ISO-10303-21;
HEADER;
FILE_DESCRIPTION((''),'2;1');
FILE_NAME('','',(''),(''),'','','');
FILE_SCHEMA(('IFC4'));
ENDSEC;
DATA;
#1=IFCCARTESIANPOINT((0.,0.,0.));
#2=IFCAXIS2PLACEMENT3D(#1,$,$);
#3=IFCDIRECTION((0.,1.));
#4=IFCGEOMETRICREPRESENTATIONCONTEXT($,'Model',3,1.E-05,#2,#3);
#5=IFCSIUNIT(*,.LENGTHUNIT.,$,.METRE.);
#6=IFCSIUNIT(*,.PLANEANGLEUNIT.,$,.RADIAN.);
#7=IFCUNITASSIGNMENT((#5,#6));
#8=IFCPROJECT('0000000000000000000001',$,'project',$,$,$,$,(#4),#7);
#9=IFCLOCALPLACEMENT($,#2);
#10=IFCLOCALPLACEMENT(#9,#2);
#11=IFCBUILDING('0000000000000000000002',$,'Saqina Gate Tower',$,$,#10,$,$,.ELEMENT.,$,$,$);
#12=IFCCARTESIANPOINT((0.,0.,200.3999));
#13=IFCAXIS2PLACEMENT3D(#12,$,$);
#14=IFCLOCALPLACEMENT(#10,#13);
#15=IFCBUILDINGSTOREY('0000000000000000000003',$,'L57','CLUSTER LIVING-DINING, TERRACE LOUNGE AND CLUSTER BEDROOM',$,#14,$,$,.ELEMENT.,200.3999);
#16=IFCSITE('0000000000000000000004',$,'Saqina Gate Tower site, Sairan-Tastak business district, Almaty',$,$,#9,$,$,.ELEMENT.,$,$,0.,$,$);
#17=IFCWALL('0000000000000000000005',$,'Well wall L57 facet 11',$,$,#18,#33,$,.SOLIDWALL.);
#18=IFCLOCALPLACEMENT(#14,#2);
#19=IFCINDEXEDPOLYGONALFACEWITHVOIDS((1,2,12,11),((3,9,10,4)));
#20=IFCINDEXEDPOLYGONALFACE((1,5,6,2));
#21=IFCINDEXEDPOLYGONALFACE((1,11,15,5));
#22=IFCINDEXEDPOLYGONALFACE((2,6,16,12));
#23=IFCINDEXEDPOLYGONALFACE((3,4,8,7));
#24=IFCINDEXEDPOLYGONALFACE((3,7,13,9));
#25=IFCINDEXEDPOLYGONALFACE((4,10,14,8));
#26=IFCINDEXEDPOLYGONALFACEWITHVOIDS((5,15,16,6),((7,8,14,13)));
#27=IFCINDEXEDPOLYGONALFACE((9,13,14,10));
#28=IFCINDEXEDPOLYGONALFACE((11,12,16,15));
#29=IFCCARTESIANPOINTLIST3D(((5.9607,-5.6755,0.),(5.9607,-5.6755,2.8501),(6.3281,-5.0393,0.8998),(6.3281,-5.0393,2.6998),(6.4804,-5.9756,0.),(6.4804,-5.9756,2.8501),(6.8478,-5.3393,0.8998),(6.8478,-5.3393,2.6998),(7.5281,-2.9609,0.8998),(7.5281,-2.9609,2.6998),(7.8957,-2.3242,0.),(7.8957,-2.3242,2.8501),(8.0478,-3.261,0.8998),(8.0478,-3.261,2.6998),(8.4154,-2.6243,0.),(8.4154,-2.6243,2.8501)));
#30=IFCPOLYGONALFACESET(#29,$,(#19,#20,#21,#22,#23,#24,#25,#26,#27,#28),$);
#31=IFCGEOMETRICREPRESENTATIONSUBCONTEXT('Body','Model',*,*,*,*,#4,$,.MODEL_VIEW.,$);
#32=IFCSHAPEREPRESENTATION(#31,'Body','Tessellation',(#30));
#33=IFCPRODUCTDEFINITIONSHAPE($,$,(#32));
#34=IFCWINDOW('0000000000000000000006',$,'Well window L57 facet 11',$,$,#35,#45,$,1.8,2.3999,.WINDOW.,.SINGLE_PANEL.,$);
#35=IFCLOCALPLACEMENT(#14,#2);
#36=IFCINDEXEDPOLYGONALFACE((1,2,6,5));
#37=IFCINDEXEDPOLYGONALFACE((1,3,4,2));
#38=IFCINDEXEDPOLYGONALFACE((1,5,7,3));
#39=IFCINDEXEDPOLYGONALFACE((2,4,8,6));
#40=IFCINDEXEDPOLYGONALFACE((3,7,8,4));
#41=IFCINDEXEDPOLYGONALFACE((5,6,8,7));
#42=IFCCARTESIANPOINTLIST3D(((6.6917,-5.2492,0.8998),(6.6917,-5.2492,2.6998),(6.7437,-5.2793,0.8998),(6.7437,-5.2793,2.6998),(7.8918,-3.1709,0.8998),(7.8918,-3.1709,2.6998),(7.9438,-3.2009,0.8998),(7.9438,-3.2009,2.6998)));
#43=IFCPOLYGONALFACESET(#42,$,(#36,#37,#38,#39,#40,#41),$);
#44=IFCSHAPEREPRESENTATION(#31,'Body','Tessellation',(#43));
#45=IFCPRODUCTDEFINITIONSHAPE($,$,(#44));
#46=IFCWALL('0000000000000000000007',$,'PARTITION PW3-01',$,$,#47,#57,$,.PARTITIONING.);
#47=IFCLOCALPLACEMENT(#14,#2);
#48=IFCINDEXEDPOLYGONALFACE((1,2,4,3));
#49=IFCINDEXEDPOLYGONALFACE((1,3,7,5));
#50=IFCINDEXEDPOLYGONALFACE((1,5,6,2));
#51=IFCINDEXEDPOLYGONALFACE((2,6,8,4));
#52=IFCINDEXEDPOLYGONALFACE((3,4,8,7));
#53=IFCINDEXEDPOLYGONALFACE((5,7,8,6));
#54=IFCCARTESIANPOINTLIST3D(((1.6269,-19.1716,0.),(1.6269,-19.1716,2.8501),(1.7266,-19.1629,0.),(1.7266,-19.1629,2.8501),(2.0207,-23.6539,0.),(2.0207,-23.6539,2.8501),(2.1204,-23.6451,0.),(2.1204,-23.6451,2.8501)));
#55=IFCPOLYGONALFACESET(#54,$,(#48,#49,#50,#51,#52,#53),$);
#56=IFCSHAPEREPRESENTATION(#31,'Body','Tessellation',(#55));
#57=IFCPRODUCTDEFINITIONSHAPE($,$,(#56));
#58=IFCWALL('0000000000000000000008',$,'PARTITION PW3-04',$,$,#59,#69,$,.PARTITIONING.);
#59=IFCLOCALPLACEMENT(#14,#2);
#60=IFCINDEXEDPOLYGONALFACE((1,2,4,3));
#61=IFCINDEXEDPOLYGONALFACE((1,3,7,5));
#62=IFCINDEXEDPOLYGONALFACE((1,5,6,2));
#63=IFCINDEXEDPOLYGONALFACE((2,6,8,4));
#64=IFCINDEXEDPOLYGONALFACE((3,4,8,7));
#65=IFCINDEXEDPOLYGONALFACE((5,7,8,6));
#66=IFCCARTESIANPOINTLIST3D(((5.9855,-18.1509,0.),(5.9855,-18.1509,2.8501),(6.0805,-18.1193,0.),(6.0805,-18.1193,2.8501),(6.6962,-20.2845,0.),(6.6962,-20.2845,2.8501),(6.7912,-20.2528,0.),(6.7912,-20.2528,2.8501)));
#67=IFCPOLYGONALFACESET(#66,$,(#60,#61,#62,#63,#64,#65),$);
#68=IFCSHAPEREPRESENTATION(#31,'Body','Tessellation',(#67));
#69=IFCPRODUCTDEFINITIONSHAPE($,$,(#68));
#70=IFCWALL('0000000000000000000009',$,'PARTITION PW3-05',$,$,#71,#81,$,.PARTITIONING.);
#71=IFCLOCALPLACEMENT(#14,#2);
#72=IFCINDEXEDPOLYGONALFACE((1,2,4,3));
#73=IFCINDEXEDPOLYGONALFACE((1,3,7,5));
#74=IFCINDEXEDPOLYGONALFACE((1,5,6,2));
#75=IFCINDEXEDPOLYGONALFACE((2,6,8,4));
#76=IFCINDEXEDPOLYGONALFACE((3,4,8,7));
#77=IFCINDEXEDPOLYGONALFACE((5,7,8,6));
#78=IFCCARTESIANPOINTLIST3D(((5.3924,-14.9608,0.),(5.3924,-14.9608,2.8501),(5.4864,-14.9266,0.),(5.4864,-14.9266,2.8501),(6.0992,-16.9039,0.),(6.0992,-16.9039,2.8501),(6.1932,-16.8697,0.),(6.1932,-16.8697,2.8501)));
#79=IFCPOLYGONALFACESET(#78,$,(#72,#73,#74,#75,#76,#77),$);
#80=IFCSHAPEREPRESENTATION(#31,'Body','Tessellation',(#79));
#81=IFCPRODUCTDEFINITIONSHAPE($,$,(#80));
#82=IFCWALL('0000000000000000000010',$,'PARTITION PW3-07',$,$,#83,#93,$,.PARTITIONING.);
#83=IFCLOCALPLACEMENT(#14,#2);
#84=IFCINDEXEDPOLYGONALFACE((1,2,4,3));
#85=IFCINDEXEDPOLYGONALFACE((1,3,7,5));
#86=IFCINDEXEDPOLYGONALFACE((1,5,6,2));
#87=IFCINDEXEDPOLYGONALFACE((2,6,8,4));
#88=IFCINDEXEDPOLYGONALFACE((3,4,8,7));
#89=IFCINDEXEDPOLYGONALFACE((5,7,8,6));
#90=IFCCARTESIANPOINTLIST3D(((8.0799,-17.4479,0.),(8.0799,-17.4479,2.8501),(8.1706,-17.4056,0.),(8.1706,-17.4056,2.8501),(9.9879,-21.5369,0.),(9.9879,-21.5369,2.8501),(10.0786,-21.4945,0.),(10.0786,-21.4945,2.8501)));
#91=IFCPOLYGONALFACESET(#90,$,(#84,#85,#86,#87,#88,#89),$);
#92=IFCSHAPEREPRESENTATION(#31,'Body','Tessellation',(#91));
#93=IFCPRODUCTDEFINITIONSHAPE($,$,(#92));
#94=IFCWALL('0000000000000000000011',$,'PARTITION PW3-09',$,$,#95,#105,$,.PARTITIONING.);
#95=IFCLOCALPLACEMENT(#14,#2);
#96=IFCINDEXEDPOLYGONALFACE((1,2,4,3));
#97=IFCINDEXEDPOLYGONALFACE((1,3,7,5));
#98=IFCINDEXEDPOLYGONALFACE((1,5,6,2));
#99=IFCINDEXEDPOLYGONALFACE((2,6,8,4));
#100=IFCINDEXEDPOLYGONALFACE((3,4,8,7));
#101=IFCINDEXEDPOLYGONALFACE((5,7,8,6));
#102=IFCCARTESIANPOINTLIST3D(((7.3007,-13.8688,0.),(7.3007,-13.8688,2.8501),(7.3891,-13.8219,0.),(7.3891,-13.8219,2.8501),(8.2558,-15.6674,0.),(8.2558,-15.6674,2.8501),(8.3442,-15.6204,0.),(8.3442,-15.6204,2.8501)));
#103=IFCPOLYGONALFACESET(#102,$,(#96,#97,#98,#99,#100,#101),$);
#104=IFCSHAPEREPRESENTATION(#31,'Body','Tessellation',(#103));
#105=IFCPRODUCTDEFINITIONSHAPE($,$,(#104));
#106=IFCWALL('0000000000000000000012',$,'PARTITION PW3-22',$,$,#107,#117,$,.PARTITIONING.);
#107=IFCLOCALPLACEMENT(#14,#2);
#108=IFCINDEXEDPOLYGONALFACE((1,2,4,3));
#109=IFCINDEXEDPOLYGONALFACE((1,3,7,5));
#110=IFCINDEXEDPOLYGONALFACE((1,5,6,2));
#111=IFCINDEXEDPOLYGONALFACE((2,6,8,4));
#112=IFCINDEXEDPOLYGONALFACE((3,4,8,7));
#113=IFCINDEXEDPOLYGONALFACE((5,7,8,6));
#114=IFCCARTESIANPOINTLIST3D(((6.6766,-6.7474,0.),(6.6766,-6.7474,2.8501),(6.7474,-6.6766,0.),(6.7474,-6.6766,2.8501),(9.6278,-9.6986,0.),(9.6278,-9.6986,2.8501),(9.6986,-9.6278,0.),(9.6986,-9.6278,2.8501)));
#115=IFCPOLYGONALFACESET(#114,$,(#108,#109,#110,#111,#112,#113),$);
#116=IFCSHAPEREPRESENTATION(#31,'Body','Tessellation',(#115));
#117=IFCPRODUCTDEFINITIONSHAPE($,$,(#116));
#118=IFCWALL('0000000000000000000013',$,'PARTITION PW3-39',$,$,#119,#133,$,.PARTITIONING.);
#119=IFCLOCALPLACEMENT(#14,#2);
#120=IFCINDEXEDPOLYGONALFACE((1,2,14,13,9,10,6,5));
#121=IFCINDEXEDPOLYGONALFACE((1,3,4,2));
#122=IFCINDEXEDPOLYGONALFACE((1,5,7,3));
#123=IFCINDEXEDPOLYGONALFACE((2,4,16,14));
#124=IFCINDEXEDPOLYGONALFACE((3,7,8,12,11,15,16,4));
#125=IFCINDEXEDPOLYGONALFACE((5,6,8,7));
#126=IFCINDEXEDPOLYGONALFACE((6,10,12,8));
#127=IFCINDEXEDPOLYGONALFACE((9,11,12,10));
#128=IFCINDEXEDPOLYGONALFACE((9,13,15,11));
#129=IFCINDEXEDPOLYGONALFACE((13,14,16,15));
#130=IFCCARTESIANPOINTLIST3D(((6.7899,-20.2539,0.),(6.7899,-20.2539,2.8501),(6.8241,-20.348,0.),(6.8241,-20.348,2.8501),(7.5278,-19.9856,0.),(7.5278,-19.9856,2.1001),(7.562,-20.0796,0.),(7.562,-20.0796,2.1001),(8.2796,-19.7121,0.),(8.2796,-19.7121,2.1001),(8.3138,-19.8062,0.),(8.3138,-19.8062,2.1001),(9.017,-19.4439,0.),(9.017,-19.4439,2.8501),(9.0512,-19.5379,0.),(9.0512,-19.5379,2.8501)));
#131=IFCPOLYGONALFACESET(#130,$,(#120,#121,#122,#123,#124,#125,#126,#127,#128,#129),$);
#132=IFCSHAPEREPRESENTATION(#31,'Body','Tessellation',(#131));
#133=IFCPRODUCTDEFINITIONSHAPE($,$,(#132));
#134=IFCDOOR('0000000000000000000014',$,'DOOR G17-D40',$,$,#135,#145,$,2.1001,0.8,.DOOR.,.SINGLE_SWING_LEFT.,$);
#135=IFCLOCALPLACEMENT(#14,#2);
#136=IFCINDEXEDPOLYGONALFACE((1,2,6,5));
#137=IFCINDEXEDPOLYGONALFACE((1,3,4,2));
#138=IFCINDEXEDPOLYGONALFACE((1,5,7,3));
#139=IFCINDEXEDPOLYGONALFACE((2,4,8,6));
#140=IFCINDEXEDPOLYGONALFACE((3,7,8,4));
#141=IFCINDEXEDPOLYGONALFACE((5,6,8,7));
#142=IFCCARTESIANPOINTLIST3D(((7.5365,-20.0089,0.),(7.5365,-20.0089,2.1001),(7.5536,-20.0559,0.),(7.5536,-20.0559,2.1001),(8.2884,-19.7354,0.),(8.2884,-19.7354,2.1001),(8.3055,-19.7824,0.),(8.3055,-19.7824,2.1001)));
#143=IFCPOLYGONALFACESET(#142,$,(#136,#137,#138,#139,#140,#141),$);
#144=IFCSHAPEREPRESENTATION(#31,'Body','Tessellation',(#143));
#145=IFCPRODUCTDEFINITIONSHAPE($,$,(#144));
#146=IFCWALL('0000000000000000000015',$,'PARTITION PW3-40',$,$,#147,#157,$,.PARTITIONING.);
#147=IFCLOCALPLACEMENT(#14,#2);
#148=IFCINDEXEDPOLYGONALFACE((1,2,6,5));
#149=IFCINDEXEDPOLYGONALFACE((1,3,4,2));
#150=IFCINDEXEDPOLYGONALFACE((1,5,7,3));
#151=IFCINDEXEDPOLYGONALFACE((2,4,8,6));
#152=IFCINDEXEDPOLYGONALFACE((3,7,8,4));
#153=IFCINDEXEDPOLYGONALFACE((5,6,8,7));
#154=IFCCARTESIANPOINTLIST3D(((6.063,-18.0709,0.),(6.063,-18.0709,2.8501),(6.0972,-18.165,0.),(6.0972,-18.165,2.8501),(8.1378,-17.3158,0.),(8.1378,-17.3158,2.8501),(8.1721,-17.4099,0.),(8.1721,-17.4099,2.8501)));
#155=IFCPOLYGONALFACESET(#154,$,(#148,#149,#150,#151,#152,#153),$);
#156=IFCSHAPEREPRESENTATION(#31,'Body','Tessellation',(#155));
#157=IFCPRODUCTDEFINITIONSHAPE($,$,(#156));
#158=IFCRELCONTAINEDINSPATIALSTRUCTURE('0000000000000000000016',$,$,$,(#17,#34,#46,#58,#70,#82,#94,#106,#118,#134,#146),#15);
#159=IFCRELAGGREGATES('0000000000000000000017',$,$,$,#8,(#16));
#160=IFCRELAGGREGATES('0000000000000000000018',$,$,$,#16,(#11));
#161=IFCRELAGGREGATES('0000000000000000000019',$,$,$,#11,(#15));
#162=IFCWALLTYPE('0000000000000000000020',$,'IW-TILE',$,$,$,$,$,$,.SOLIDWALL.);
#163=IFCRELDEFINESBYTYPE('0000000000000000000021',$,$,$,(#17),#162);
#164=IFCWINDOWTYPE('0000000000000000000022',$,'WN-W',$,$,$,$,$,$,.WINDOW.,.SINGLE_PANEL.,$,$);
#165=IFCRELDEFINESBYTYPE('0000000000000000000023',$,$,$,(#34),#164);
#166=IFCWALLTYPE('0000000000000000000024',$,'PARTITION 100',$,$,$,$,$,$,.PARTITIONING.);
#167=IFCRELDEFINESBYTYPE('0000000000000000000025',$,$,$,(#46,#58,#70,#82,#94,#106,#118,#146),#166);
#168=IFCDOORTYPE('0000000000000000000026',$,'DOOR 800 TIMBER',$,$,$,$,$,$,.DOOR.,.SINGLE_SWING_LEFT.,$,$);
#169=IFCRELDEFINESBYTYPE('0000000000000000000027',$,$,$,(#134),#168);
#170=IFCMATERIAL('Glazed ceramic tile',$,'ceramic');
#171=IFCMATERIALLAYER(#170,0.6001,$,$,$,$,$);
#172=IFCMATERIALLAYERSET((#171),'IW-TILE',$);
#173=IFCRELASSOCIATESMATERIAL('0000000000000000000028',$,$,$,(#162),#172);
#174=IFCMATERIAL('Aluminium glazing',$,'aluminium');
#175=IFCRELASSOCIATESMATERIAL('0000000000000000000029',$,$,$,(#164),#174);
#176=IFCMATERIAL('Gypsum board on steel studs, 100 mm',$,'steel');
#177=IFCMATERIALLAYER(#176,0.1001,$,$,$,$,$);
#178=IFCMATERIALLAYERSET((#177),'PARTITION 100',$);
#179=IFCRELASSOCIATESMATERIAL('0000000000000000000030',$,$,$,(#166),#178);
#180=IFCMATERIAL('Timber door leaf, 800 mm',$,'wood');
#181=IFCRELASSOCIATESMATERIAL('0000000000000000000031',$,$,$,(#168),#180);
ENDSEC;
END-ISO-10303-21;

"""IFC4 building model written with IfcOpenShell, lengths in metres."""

from ifc_helpers import new_model, si_unit, direction, frame, frame_2d, origin, place, context, subcontext, project, spatial, rectangle, extrude, material, layer, layer_set, type_object, element, fill, save


model = new_model("IFC4")

# Units and contexts
model_context = context("Model", 3, precision=1e-05, world=origin(), true_north=direction((0.0, 1.0)))
body_context = subcontext(model_context, "Body", "Model", "MODEL_VIEW")
ifc_project = project(units=[si_unit("LENGTHUNIT", "METRE"), si_unit("PLANEANGLEUNIT", "RADIAN")], contexts=[model_context])

# Site, building, storey
site_placement = place(None, origin())
site = spatial("IfcSite", under=ifc_project, at=site_placement, Name="Saqina Gate Tower site, Sairan-Tastak business district, Almaty", CompositionType="ELEMENT", RefElevation=0.0)
building_placement = place(site_placement, origin())
building = spatial("IfcBuilding", under=site, at=building_placement, Name="Saqina Gate Tower", CompositionType="ELEMENT")
storey_placement = place(building_placement, frame((0.0, 0.0, 200.3999)))
storey = spatial("IfcBuildingStorey", under=building, at=storey_placement, Name="L57", Description="CLUSTER LIVING-DINING, TERRACE LOUNGE AND CLUSTER BEDROOM", CompositionType="ELEMENT", Elevation=200.3999)

# Wall, opening, window
ifc_material_1 = material(Name="Glazed ceramic tile", Category="ceramic")
ifc_layer_1 = layer(ifc_material_1, 0.6001)
ifc_layer_set_1 = layer_set([ifc_layer_1], Name="IW-TILE")
wall_type_1 = type_object("IfcWallType", Name="IW-TILE", PredefinedType="SOLIDWALL", material=ifc_layer_set_1)
ifc_material_2 = material(Name="Aluminium glazing", Category="aluminium")
window_type_1 = type_object("IfcWindowType", Name="WN-W", PartitioningType="SINGLE_PANEL", PredefinedType="WINDOW", material=ifc_material_2)
wall_1_placement = place(storey_placement, frame((6.2205, -5.8257, 0.0), z_axis=(0.0, 0.0, 1.0), x_axis=(0.500034, 0.866006, 0.0)))
wall_1 = element("IfcWall", 1, at=wall_1_placement, inside=storey, type_object=wall_type_1, Name="Well wall L57 facet 11", PredefinedType="SOLIDWALL", context=body_context, shape_type="SweptSolid", body=[
    extrude(rectangle(XDim=3.8699, YDim=0.6001, at=frame_2d((1.9351, 0.0))), origin(), (0.0, 0.0, 1.0), 2.8501),
])
opening_1_placement = place(wall_1_placement, frame((0.7349, 0.0, 0.8999)))
opening_1 = element("IfcOpeningElement", 2, at=opening_1_placement, cuts=wall_1, PredefinedType="OPENING", context=body_context, shape_type="SweptSolid", body=[
    extrude(rectangle(XDim=2.3999, YDim=1.8, at=frame_2d((1.2, 0.8999))), frame((0.0, 0.312, 0.0), z_axis=(0.0, -1.0, 0.0), x_axis=(1.0, 0.0, 0.0)), (0.0, 0.0, 1.0), 0.624),
])
window_1_placement = place(opening_1_placement, origin())
window_1 = element("IfcWindow", 3, at=window_1_placement, inside=storey, type_object=window_type_1, Name="Well window L57 facet 11", OverallHeight=1.8, OverallWidth=2.3999, PartitioningType="SINGLE_PANEL", PredefinedType="WINDOW", context=body_context, shape_type="SweptSolid", body=[
    extrude(rectangle(XDim=2.3999, YDim=1.8, at=frame_2d((1.2, 0.8999))), frame((0.0, -0.1199, 0.0), z_axis=(0.0, -1.0, 0.0), x_axis=(1.0, 0.0, 0.0)), (0.0, 0.0, 1.0), 0.0601),
])
fill(opening_1, window_1)

# Walls
ifc_material_3 = material(Name="Gypsum board on steel studs, 100 mm", Category="steel")
ifc_layer_2 = layer(ifc_material_3, 0.1001)
ifc_layer_set_2 = layer_set([ifc_layer_2], Name="PARTITION 100")
wall_type_2 = type_object("IfcWallType", Name="PARTITION 100", PredefinedType="PARTITIONING", material=ifc_layer_set_2)
wall_2_placement = place(storey_placement, frame((1.6768, -19.1672, 0.0), z_axis=(0.0, 0.0, 1.0), x_axis=(0.087522, -0.996163, 0.0)))
element("IfcWall", 4, at=wall_2_placement, inside=storey, type_object=wall_type_2, Name="PARTITION PW3-01", PredefinedType="PARTITIONING", context=body_context, shape_type="SweptSolid", body=[
    extrude(rectangle(XDim=4.4995, YDim=0.1001, at=frame_2d((2.2498, 0.0))), origin(), (0.0, 0.0, 1.0), 2.8501),
])
wall_3_placement = place(storey_placement, frame((6.033, -18.135, 0.0), z_axis=(0.0, 0.0, 1.0), x_axis=(0.316032, -0.948748, 0.0)))
element("IfcWall", 5, at=wall_3_placement, inside=storey, type_object=wall_type_2, Name="PARTITION PW3-04", PredefinedType="PARTITIONING", context=body_context, shape_type="SweptSolid", body=[
    extrude(rectangle(XDim=2.2488, YDim=0.1001, at=frame_2d((1.1245, 0.0))), origin(), (0.0, 0.0, 1.0), 2.8501),
])
wall_4_placement = place(storey_placement, frame((5.4395, -14.9438, 0.0), z_axis=(0.0, 0.0, 1.0), x_axis=(0.341828, -0.939762, 0.0)))
element("IfcWall", 6, at=wall_4_placement, inside=storey, type_object=wall_type_2, Name="PARTITION PW3-05", PredefinedType="PARTITIONING", context=body_context, shape_type="SweptSolid", body=[
    extrude(rectangle(XDim=2.0676, YDim=0.1001, at=frame_2d((1.0337, 0.0))), origin(), (0.0, 0.0, 1.0), 2.8501),
])
wall_5_placement = place(storey_placement, frame((8.1252, -17.4268, 0.0), z_axis=(0.0, 0.0, 1.0), x_axis=(0.422853, -0.906198, 0.0)))
element("IfcWall", 7, at=wall_5_placement, inside=storey, type_object=wall_type_2, Name="PARTITION PW3-07", PredefinedType="PARTITIONING", context=body_context, shape_type="SweptSolid", body=[
    extrude(rectangle(XDim=4.5122, YDim=0.1001, at=frame_2d((2.2561, 0.0))), origin(), (0.0, 0.0, 1.0), 2.8501),
])
wall_6_placement = place(storey_placement, frame((7.345, -13.8455, 0.0), z_axis=(0.0, 0.0, 1.0), x_axis=(0.468995, -0.883201, 0.0)))
element("IfcWall", 8, at=wall_6_placement, inside=storey, type_object=wall_type_2, Name="PARTITION PW3-09", PredefinedType="PARTITIONING", context=body_context, shape_type="SweptSolid", body=[
    extrude(rectangle(XDim=2.0364, YDim=0.1001, at=frame_2d((1.0181, 0.0))), origin(), (0.0, 0.0, 1.0), 2.8501),
])
wall_7_placement = place(storey_placement, frame((6.7119, -6.7119, 0.0), z_axis=(0.0, 0.0, 1.0), x_axis=(0.707107, -0.707107, 0.0)))
element("IfcWall", 9, at=wall_7_placement, inside=storey, type_object=wall_type_2, Name="PARTITION PW3-22", PredefinedType="PARTITIONING", context=body_context, shape_type="SweptSolid", body=[
    extrude(rectangle(XDim=4.1736, YDim=0.1001, at=frame_2d((2.0869, 0.0))), origin(), (0.0, 0.0, 1.0), 2.8501),
])

# Wall, opening, door
wall_8_placement = place(storey_placement, frame((6.8069, -20.301, 0.0), z_axis=(0.0, 0.0, 1.0), x_axis=(0.939763, 0.341826, 0.0)))
wall_8 = element("IfcWall", 10, at=wall_8_placement, inside=storey, type_object=wall_type_2, Name="PARTITION PW3-39", PredefinedType="PARTITIONING", context=body_context, shape_type="SweptSolid", body=[
    extrude(rectangle(XDim=2.3699, YDim=0.1001, at=frame_2d((1.1851, 0.0))), origin(), (0.0, 0.0, 1.0), 2.8501),
])
opening_2_placement = place(wall_8_placement, frame((0.7854, 0.0, 0.0)))
opening_2 = element("IfcOpeningElement", 11, at=opening_2_placement, cuts=wall_8, PredefinedType="OPENING", context=body_context, shape_type="SweptSolid", body=[
    extrude(rectangle(XDim=0.8, YDim=2.1001, at=frame_2d((0.3999, 1.05))), frame((0.0, 0.062, 0.0), z_axis=(0.0, -1.0, 0.0), x_axis=(1.0, 0.0, 0.0)), (0.0, 0.0, 1.0), 0.124),
])
ifc_material_4 = material(Name="Timber door leaf, 800 mm", Category="wood")
door_type_1 = type_object("IfcDoorType", Name="DOOR 800 TIMBER", OperationType="SINGLE_SWING_LEFT", PredefinedType="DOOR", material=ifc_material_4)
door_1_placement = place(opening_2_placement, frame((0.8, 0.0, 0.0), z_axis=(0.0, 0.0, 1.0), x_axis=(-1.0, 0.0, 0.0)))
door_1 = element("IfcDoor", 12, at=door_1_placement, inside=storey, type_object=door_type_1, Name="DOOR G17-D40", OperationType="SINGLE_SWING_LEFT", OverallHeight=2.1001, OverallWidth=0.8, PredefinedType="DOOR", context=body_context, shape_type="SweptSolid", body=[
    extrude(rectangle(XDim=0.8, YDim=2.1001, at=frame_2d((0.3999, 1.05))), frame((0.0, 0.0249, 0.0), z_axis=(0.0, -1.0, 0.0), x_axis=(1.0, 0.0, 0.0)), (0.0, 0.0, 1.0), 0.05),
])
fill(opening_2, door_1)

# Wall
wall_9_placement = place(storey_placement, frame((6.0801, -18.1179, 0.0), z_axis=(0.0, 0.0, 1.0), x_axis=(0.939706, 0.341983, 0.0)))
element("IfcWall", 13, at=wall_9_placement, inside=storey, type_object=wall_type_2, Name="PARTITION PW3-40", PredefinedType="PARTITIONING", context=body_context, shape_type="SweptSolid", body=[
    extrude(rectangle(XDim=2.208, YDim=0.1001, at=frame_2d((1.104, 0.0))), origin(), (0.0, 0.0, 1.0), 2.8501),
])

save(model, "model.ifc")
